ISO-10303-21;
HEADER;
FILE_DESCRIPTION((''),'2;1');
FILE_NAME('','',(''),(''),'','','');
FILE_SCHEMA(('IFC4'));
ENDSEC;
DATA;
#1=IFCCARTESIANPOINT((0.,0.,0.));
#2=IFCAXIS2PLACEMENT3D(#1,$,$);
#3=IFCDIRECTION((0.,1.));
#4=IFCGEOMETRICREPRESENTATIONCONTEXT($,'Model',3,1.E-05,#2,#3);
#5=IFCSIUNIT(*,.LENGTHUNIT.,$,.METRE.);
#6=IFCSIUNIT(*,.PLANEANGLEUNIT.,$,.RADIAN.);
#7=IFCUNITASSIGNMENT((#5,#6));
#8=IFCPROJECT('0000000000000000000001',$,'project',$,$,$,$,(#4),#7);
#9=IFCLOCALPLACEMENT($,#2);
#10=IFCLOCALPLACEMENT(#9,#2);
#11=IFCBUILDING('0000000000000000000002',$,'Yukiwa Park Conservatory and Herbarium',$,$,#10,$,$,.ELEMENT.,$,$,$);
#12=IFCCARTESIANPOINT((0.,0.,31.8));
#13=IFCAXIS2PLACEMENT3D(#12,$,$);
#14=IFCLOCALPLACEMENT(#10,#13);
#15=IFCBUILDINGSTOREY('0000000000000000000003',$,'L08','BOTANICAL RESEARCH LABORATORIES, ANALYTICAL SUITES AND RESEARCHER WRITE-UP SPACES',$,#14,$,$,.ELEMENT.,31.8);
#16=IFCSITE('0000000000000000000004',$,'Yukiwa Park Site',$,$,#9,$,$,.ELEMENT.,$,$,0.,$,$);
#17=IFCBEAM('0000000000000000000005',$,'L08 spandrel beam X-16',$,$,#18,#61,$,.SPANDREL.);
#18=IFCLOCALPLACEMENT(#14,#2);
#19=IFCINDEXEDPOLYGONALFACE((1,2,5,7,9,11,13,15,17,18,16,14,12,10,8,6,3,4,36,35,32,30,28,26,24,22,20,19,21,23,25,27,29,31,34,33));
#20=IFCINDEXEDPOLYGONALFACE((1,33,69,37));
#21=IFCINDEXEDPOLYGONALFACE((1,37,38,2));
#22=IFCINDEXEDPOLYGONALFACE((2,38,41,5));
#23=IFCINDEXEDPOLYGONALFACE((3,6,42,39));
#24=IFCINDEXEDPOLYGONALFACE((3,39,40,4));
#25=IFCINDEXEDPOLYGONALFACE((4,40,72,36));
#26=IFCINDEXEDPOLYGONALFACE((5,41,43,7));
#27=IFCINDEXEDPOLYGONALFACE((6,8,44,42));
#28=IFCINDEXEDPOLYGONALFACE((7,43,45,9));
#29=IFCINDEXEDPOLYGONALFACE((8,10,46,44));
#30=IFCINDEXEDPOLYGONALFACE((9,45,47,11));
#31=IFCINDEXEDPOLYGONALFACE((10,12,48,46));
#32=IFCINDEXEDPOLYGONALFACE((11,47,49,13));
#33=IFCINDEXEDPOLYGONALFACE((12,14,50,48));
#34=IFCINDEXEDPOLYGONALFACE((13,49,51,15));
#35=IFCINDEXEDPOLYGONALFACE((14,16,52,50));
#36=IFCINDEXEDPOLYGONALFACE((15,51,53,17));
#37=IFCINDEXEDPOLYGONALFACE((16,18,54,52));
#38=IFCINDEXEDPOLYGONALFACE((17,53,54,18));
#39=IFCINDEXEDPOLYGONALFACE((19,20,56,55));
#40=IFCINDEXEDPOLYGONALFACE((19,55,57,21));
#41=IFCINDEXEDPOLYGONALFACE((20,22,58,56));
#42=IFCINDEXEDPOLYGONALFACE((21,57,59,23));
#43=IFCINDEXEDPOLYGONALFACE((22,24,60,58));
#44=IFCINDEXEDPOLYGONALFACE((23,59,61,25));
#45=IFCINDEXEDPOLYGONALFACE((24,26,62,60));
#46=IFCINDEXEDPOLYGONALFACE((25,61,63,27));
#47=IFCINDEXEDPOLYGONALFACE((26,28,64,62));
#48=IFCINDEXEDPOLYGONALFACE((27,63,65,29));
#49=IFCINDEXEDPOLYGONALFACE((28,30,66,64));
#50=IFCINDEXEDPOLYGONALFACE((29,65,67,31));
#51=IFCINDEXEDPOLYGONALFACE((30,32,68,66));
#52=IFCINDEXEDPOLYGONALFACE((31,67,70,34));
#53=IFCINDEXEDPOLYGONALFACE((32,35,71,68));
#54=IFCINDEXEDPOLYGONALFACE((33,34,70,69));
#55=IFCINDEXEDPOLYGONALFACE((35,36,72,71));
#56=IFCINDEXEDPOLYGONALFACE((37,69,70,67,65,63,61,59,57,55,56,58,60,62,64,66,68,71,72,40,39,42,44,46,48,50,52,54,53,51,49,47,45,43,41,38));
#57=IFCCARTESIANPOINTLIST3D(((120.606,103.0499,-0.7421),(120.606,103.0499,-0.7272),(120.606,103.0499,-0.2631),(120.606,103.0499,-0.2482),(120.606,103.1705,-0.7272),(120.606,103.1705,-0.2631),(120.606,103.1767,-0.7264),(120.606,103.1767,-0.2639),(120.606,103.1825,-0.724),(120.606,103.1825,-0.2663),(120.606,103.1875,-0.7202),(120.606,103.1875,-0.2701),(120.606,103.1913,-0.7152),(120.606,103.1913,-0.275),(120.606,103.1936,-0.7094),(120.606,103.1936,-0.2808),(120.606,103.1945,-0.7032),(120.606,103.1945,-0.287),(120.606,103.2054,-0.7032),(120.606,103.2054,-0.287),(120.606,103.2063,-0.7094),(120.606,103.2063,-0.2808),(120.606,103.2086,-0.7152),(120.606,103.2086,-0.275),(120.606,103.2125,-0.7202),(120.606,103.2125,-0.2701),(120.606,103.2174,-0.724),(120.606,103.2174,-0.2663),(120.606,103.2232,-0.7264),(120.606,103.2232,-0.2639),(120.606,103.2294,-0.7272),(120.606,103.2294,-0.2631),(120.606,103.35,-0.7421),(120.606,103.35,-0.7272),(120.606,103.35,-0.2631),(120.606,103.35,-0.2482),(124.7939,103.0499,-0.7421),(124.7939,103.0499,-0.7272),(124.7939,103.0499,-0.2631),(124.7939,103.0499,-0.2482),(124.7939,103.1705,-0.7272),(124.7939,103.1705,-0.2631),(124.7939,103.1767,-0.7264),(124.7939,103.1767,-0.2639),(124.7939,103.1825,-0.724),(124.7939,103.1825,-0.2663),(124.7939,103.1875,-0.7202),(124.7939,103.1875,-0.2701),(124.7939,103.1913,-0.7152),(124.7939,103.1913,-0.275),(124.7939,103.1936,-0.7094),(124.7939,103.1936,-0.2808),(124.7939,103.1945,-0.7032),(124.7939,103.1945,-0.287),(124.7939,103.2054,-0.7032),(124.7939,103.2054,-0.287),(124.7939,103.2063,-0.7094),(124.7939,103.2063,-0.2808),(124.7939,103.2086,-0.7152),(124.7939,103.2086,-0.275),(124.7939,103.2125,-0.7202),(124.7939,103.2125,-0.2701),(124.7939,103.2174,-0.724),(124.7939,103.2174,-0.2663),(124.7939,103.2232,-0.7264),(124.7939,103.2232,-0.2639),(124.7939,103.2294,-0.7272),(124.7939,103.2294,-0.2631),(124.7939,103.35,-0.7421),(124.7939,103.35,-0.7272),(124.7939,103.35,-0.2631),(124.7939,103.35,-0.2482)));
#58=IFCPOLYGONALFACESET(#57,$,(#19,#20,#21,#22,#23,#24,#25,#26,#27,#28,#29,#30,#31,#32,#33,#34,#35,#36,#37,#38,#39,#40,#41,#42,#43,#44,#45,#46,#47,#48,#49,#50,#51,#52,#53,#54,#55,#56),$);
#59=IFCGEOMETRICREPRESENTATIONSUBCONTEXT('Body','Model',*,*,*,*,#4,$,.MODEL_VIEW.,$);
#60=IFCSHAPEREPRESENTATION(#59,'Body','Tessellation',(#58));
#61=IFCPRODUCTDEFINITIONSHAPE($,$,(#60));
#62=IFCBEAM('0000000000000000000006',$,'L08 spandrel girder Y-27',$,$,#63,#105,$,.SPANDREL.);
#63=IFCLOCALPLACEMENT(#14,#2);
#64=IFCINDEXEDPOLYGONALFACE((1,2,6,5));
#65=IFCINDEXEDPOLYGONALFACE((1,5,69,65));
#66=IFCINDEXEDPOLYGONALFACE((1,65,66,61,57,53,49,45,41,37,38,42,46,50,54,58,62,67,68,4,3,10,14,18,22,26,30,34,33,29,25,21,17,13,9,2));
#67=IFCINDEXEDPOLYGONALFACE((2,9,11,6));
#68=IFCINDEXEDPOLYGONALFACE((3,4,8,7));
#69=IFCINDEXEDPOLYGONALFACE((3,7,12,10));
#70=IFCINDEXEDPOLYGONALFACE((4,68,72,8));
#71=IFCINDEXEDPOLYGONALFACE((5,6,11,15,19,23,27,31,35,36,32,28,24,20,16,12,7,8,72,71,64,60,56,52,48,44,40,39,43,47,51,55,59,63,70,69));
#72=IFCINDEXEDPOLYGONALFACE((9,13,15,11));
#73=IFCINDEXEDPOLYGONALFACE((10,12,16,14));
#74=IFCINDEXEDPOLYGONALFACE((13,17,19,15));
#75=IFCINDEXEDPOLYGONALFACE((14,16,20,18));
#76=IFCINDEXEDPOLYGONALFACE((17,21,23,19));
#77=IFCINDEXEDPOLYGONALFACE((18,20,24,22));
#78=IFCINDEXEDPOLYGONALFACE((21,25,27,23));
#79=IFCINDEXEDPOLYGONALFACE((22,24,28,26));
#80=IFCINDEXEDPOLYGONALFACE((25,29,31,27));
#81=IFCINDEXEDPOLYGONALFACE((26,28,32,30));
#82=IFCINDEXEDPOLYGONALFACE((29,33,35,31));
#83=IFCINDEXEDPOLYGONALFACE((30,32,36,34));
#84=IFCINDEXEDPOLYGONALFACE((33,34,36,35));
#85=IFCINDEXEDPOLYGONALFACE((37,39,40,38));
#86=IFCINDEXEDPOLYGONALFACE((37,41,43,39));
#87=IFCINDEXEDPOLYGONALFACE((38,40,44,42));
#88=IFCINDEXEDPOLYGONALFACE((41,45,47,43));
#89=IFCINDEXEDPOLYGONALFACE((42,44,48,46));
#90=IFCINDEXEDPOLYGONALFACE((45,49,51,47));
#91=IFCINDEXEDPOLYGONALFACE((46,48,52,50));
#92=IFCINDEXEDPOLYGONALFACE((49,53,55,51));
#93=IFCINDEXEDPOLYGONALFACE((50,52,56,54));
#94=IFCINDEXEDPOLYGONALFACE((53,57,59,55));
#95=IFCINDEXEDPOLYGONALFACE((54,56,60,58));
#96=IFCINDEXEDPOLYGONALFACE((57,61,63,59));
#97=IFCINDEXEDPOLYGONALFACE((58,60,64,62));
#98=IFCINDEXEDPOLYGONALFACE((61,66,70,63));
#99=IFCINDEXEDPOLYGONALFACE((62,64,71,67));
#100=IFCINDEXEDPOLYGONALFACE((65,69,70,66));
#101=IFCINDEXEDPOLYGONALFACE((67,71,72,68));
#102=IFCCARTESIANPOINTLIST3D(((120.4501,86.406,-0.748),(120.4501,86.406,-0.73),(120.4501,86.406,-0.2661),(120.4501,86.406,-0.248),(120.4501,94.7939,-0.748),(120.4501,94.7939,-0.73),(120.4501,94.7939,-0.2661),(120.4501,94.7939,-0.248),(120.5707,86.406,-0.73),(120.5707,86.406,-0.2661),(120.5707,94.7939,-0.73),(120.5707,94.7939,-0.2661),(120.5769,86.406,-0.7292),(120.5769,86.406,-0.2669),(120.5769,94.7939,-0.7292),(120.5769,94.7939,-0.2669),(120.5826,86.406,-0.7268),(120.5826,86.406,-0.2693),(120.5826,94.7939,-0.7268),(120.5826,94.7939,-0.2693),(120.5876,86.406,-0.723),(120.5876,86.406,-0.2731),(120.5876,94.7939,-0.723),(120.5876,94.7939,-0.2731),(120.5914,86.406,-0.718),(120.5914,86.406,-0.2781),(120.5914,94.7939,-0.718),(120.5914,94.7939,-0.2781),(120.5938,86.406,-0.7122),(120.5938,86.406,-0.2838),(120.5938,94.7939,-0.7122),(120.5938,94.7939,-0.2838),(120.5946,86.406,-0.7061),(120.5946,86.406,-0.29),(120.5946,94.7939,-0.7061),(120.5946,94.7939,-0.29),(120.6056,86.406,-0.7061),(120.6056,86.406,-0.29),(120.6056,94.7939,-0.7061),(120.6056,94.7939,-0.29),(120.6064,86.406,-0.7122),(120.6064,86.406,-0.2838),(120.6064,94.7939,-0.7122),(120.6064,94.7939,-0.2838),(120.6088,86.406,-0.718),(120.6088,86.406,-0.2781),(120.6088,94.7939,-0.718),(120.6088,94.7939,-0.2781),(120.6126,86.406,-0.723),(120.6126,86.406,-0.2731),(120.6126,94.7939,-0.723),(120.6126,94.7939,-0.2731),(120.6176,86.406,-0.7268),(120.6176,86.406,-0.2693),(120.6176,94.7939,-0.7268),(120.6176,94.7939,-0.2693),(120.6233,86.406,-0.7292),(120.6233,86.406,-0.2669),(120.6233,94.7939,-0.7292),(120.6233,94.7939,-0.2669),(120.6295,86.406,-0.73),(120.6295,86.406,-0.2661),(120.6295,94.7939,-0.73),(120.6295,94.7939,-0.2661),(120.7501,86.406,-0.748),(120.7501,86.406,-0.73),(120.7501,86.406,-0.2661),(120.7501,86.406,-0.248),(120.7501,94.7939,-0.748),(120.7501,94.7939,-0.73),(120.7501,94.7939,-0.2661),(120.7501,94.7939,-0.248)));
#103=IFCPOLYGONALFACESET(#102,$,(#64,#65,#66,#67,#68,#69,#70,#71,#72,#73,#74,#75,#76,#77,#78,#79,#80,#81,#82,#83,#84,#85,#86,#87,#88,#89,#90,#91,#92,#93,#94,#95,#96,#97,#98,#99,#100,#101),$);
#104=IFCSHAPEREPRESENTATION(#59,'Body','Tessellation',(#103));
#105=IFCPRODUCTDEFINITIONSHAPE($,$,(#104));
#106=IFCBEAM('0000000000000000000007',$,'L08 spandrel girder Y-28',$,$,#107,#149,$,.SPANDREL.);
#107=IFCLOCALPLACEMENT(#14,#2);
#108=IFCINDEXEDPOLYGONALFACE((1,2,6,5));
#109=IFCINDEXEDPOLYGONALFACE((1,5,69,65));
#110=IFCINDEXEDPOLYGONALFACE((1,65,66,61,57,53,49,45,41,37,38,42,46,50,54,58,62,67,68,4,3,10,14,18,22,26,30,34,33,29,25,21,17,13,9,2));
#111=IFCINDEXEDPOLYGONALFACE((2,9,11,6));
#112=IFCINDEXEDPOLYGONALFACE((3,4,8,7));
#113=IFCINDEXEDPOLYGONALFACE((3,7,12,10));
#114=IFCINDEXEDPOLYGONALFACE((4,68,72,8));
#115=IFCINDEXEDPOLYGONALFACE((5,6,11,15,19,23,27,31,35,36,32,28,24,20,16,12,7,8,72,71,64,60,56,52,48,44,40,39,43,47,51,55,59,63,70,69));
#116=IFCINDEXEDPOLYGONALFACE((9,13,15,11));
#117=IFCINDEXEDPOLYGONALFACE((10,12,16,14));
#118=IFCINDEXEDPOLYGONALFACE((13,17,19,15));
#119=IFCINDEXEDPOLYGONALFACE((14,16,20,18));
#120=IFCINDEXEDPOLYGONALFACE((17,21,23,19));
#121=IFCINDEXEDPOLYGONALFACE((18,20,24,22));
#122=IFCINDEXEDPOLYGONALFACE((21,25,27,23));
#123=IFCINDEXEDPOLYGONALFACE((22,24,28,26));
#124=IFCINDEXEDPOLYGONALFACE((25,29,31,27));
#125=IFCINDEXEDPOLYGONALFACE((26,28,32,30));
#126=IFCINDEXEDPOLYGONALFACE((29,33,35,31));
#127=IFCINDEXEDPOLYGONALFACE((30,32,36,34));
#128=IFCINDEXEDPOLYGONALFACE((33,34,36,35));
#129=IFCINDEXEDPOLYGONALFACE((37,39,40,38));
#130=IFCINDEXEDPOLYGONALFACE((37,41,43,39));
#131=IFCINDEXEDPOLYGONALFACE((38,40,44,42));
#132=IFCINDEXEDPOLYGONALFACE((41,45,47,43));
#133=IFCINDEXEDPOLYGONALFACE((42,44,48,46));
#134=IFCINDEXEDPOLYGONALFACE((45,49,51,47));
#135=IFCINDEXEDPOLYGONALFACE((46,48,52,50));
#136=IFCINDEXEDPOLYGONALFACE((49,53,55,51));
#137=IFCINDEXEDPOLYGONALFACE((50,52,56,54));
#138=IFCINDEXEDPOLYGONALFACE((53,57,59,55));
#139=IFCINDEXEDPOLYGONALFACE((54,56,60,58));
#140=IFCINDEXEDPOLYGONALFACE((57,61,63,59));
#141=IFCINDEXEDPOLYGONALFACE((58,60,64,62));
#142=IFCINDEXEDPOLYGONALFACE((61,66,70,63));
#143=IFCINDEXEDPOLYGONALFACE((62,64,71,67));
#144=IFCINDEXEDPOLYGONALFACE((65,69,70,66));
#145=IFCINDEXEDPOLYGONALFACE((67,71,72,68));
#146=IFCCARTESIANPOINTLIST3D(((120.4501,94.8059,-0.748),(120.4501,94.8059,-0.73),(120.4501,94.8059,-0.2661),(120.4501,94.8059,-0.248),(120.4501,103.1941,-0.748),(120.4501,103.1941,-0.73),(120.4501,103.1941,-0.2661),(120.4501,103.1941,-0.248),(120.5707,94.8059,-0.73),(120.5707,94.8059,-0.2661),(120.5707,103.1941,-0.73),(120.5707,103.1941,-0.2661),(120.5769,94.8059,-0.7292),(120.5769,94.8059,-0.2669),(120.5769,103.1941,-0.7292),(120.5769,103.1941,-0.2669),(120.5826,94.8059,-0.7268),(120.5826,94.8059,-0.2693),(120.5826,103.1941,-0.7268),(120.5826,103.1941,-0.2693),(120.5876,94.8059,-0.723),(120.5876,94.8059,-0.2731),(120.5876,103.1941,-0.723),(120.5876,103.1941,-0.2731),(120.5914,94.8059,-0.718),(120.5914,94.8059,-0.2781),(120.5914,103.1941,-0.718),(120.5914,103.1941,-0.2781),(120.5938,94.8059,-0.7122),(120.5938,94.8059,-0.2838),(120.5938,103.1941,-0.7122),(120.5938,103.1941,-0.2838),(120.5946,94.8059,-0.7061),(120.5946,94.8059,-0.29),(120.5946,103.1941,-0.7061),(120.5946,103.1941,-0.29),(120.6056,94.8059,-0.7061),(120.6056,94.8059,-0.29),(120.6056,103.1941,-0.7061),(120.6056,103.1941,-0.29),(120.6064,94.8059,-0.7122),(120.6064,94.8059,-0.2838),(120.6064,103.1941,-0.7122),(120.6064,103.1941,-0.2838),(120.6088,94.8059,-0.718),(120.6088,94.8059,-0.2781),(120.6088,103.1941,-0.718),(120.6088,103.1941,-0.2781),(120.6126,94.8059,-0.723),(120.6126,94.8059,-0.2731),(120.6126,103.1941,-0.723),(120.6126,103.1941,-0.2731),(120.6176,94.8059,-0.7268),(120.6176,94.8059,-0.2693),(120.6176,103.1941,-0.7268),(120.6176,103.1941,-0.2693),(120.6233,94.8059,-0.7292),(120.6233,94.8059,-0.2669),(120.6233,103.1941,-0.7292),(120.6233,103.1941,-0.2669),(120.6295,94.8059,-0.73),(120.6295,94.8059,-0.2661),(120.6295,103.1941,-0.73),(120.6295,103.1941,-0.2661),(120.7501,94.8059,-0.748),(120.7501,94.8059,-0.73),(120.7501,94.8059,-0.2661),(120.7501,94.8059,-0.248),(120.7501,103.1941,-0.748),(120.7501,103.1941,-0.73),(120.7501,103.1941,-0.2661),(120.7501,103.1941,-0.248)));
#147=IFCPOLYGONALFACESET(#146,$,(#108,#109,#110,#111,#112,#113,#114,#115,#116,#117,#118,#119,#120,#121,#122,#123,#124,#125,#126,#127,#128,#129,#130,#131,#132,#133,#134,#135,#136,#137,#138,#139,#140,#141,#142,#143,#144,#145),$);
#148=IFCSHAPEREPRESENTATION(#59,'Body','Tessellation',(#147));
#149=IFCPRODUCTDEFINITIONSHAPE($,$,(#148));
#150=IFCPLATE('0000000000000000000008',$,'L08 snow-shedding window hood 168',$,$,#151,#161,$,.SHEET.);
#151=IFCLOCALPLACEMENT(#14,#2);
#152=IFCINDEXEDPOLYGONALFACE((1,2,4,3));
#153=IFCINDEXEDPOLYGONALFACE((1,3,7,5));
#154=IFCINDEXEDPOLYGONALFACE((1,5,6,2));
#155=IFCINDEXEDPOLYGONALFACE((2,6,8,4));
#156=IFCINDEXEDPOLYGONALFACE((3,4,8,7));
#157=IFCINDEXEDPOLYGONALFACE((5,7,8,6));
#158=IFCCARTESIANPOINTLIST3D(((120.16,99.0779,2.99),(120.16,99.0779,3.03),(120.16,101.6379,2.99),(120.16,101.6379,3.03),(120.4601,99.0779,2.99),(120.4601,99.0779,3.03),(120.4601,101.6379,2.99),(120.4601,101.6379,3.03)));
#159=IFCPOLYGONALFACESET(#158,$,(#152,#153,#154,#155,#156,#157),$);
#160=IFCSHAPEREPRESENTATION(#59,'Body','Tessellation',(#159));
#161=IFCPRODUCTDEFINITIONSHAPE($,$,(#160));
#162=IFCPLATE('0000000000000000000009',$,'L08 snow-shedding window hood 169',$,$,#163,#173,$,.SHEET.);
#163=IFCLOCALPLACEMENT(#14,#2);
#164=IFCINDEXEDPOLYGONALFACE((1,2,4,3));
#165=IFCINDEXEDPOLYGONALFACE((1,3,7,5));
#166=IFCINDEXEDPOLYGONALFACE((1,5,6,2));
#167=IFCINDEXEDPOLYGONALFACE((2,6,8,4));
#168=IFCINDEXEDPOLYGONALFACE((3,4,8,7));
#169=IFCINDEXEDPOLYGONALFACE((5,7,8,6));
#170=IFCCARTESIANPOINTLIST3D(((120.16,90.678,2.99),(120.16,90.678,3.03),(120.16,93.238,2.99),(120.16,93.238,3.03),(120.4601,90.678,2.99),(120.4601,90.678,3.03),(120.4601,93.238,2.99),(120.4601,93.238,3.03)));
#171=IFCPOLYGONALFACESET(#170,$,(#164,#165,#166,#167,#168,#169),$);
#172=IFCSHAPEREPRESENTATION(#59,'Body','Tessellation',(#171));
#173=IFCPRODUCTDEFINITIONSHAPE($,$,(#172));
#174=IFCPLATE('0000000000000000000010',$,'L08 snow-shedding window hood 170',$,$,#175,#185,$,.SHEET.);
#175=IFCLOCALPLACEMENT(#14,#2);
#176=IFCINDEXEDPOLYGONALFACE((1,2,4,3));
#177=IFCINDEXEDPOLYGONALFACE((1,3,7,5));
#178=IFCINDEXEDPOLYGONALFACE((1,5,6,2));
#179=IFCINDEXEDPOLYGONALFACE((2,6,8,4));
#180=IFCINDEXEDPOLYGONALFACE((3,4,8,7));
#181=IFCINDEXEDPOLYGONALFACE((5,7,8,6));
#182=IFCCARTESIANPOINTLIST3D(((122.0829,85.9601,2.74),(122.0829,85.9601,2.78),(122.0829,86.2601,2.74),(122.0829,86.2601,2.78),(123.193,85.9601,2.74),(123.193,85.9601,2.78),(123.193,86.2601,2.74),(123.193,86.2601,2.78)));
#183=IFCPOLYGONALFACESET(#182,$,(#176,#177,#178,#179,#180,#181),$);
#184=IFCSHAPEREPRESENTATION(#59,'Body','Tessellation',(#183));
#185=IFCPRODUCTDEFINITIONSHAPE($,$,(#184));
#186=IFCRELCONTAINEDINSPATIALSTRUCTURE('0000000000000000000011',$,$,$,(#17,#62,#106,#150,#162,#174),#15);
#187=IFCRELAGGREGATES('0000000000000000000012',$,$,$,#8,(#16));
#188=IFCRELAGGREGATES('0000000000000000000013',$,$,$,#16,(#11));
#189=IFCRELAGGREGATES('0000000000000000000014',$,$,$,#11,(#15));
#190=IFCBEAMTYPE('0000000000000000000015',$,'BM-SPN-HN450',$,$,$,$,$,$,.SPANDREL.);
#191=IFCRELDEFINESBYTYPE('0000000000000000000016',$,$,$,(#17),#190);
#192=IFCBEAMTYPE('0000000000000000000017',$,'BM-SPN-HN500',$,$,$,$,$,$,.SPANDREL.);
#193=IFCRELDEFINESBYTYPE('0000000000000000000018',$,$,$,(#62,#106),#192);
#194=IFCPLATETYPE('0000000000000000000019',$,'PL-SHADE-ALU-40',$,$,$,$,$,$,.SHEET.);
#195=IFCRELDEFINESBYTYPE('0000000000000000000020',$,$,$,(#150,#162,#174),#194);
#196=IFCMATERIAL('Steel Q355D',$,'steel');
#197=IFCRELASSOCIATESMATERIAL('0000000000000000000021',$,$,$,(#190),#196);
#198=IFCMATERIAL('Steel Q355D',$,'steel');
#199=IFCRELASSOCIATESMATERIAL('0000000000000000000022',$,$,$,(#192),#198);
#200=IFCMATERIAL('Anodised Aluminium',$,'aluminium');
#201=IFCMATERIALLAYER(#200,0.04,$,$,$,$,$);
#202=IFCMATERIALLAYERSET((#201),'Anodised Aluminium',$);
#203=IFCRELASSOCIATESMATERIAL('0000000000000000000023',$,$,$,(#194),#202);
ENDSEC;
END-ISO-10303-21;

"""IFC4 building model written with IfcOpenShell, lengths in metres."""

from ifc_helpers import new_model, si_unit, direction, frame, origin, origin_2d, place, context, subcontext, project, spatial, rectangle, i_section, extrude, material, layer, layer_set, material_profile, profile_set, type_object, element, save


model = new_model("IFC4")

# Units and contexts
model_context = context("Model", 3, precision=1e-05, world=origin(), true_north=direction((0.0, 1.0)))
body_context = subcontext(model_context, "Body", "Model", "MODEL_VIEW")
ifc_project = project(units=[si_unit("LENGTHUNIT", "METRE"), si_unit("PLANEANGLEUNIT", "RADIAN")], contexts=[model_context])

# Site, building, storey
site_placement = place(None, origin())
site = spatial("IfcSite", under=ifc_project, at=site_placement, Name="Yukiwa Park Site", CompositionType="ELEMENT", RefElevation=0.0)
building_placement = place(site_placement, origin())
building = spatial("IfcBuilding", under=site, at=building_placement, Name="Yukiwa Park Conservatory and Herbarium", CompositionType="ELEMENT")
storey_placement = place(building_placement, frame((0.0, 0.0, 31.8)))
storey = spatial("IfcBuildingStorey", under=building, at=storey_placement, Name="L08", Description="BOTANICAL RESEARCH LABORATORIES, ANALYTICAL SUITES AND RESEARCHER WRITE-UP SPACES", CompositionType="ELEMENT", Elevation=31.8)

# Beams
ifc_material_1 = material(Name="Steel Q355D", Category="steel")
ifc_material_profile_1 = material_profile(ifc_material_1, i_section(OverallWidth=0.3, OverallDepth=0.4939, WebThickness=0.011, FlangeThickness=0.0149, FilletRadius=0.0239, at=origin_2d()), Name="HM 494x300x11x15")
ifc_profile_set_1 = profile_set([ifc_material_profile_1], Name="Steel Q355D")
beam_type_1 = type_object("IfcBeamType", Name="BM-SPN-HN450", PredefinedType="SPANDREL", material=ifc_profile_set_1)
for number, where, z_axis, x_axis, name in (
    (1, (120.606, 103.2, -0.4951), (1.0, 0.0, 0.0), (0.0, 1.0, 0.0), "L08 spandrel beam X-16"),
):
    element("IfcBeam", number, at=place(storey_placement, frame(where, z_axis=z_axis, x_axis=x_axis)), inside=storey, type_object=beam_type_1, Name=name, PredefinedType="SPANDREL", context=body_context, shape_type="SweptSolid", body=[
        extrude(i_section(OverallWidth=0.3, OverallDepth=0.4939, WebThickness=0.011, FlangeThickness=0.0149, FilletRadius=0.0239, at=origin_2d()), origin(), (0.0, 0.0, 1.0), 4.188),
    ])
ifc_material_2 = material(Name="Steel Q355D", Category="steel")
ifc_material_profile_2 = material_profile(ifc_material_2, i_section(OverallWidth=0.3, OverallDepth=0.5, WebThickness=0.011, FlangeThickness=0.0181, FilletRadius=0.0239, at=origin_2d()), Name="HM 500x300x11x18")
ifc_profile_set_2 = profile_set([ifc_material_profile_2], Name="Steel Q355D")
beam_type_2 = type_object("IfcBeamType", Name="BM-SPN-HN500", PredefinedType="SPANDREL", material=ifc_profile_set_2)
beam_1_placement = place(storey_placement, frame((120.6001, 86.406, -0.498), z_axis=(0.0, 1.0, 0.0), x_axis=(-1.0, 0.0, 0.0)))
element("IfcBeam", 2, at=beam_1_placement, inside=storey, type_object=beam_type_2, Name="L08 spandrel girder Y-27", PredefinedType="SPANDREL", context=body_context, shape_type="SweptSolid", body=[
    extrude(i_section(OverallWidth=0.3, OverallDepth=0.5, WebThickness=0.011, FlangeThickness=0.0181, FilletRadius=0.0239, at=origin_2d()), origin(), (0.0, 0.0, 1.0), 8.3879),
])
beam_2_placement = place(storey_placement, frame((120.6001, 94.8059, -0.498), z_axis=(0.0, 1.0, 0.0), x_axis=(-1.0, 0.0, 0.0)))
element("IfcBeam", 3, at=beam_2_placement, inside=storey, type_object=beam_type_2, Name="L08 spandrel girder Y-28", PredefinedType="SPANDREL", context=body_context, shape_type="SweptSolid", body=[
    extrude(i_section(OverallWidth=0.3, OverallDepth=0.5, WebThickness=0.011, FlangeThickness=0.0181, FilletRadius=0.0239, at=origin_2d()), origin(), (0.0, 0.0, 1.0), 8.3882),
])

# Plates
ifc_material_3 = material(Name="Anodised Aluminium", Category="aluminium")
ifc_layer_1 = layer(ifc_material_3, 0.04)
ifc_layer_set_1 = layer_set([ifc_layer_1], Name="Anodised Aluminium")
plate_type = type_object("IfcPlateType", Name="PL-SHADE-ALU-40", PredefinedType="SHEET", material=ifc_layer_set_1)
for number, where, z_axis, x_axis, name in (
    (4, (120.3101, 100.3579, 2.99), (0.0, 0.0, 1.0), (0.0, -1.0, 0.0), "L08 snow-shedding window hood 168"),
    (5, (120.3101, 91.958, 2.99), (0.0, 0.0, 1.0), (0.0, -1.0, 0.0), "L08 snow-shedding window hood 169"),
):
    element("IfcPlate", number, at=place(storey_placement, frame(where, z_axis=z_axis, x_axis=x_axis)), inside=storey, type_object=plate_type, Name=name, PredefinedType="SHEET", context=body_context, shape_type="SweptSolid", body=[
        extrude(rectangle(XDim=2.5601, YDim=0.3, at=origin_2d()), origin(), (0.0, 0.0, 1.0), 0.04),
    ])
plate_placement = place(storey_placement, frame((122.6379, 86.1101, 2.74), z_axis=(0.0, 0.0, 1.0), x_axis=(1.0, 0.0, 0.0)))
element("IfcPlate", 6, at=plate_placement, inside=storey, type_object=plate_type, Name="L08 snow-shedding window hood 170", PredefinedType="SHEET", context=body_context, shape_type="SweptSolid", body=[
    extrude(rectangle(XDim=1.1101, YDim=0.3, at=origin_2d()), origin(), (0.0, 0.0, 1.0), 0.04),
])

save(model, "model.ifc")
